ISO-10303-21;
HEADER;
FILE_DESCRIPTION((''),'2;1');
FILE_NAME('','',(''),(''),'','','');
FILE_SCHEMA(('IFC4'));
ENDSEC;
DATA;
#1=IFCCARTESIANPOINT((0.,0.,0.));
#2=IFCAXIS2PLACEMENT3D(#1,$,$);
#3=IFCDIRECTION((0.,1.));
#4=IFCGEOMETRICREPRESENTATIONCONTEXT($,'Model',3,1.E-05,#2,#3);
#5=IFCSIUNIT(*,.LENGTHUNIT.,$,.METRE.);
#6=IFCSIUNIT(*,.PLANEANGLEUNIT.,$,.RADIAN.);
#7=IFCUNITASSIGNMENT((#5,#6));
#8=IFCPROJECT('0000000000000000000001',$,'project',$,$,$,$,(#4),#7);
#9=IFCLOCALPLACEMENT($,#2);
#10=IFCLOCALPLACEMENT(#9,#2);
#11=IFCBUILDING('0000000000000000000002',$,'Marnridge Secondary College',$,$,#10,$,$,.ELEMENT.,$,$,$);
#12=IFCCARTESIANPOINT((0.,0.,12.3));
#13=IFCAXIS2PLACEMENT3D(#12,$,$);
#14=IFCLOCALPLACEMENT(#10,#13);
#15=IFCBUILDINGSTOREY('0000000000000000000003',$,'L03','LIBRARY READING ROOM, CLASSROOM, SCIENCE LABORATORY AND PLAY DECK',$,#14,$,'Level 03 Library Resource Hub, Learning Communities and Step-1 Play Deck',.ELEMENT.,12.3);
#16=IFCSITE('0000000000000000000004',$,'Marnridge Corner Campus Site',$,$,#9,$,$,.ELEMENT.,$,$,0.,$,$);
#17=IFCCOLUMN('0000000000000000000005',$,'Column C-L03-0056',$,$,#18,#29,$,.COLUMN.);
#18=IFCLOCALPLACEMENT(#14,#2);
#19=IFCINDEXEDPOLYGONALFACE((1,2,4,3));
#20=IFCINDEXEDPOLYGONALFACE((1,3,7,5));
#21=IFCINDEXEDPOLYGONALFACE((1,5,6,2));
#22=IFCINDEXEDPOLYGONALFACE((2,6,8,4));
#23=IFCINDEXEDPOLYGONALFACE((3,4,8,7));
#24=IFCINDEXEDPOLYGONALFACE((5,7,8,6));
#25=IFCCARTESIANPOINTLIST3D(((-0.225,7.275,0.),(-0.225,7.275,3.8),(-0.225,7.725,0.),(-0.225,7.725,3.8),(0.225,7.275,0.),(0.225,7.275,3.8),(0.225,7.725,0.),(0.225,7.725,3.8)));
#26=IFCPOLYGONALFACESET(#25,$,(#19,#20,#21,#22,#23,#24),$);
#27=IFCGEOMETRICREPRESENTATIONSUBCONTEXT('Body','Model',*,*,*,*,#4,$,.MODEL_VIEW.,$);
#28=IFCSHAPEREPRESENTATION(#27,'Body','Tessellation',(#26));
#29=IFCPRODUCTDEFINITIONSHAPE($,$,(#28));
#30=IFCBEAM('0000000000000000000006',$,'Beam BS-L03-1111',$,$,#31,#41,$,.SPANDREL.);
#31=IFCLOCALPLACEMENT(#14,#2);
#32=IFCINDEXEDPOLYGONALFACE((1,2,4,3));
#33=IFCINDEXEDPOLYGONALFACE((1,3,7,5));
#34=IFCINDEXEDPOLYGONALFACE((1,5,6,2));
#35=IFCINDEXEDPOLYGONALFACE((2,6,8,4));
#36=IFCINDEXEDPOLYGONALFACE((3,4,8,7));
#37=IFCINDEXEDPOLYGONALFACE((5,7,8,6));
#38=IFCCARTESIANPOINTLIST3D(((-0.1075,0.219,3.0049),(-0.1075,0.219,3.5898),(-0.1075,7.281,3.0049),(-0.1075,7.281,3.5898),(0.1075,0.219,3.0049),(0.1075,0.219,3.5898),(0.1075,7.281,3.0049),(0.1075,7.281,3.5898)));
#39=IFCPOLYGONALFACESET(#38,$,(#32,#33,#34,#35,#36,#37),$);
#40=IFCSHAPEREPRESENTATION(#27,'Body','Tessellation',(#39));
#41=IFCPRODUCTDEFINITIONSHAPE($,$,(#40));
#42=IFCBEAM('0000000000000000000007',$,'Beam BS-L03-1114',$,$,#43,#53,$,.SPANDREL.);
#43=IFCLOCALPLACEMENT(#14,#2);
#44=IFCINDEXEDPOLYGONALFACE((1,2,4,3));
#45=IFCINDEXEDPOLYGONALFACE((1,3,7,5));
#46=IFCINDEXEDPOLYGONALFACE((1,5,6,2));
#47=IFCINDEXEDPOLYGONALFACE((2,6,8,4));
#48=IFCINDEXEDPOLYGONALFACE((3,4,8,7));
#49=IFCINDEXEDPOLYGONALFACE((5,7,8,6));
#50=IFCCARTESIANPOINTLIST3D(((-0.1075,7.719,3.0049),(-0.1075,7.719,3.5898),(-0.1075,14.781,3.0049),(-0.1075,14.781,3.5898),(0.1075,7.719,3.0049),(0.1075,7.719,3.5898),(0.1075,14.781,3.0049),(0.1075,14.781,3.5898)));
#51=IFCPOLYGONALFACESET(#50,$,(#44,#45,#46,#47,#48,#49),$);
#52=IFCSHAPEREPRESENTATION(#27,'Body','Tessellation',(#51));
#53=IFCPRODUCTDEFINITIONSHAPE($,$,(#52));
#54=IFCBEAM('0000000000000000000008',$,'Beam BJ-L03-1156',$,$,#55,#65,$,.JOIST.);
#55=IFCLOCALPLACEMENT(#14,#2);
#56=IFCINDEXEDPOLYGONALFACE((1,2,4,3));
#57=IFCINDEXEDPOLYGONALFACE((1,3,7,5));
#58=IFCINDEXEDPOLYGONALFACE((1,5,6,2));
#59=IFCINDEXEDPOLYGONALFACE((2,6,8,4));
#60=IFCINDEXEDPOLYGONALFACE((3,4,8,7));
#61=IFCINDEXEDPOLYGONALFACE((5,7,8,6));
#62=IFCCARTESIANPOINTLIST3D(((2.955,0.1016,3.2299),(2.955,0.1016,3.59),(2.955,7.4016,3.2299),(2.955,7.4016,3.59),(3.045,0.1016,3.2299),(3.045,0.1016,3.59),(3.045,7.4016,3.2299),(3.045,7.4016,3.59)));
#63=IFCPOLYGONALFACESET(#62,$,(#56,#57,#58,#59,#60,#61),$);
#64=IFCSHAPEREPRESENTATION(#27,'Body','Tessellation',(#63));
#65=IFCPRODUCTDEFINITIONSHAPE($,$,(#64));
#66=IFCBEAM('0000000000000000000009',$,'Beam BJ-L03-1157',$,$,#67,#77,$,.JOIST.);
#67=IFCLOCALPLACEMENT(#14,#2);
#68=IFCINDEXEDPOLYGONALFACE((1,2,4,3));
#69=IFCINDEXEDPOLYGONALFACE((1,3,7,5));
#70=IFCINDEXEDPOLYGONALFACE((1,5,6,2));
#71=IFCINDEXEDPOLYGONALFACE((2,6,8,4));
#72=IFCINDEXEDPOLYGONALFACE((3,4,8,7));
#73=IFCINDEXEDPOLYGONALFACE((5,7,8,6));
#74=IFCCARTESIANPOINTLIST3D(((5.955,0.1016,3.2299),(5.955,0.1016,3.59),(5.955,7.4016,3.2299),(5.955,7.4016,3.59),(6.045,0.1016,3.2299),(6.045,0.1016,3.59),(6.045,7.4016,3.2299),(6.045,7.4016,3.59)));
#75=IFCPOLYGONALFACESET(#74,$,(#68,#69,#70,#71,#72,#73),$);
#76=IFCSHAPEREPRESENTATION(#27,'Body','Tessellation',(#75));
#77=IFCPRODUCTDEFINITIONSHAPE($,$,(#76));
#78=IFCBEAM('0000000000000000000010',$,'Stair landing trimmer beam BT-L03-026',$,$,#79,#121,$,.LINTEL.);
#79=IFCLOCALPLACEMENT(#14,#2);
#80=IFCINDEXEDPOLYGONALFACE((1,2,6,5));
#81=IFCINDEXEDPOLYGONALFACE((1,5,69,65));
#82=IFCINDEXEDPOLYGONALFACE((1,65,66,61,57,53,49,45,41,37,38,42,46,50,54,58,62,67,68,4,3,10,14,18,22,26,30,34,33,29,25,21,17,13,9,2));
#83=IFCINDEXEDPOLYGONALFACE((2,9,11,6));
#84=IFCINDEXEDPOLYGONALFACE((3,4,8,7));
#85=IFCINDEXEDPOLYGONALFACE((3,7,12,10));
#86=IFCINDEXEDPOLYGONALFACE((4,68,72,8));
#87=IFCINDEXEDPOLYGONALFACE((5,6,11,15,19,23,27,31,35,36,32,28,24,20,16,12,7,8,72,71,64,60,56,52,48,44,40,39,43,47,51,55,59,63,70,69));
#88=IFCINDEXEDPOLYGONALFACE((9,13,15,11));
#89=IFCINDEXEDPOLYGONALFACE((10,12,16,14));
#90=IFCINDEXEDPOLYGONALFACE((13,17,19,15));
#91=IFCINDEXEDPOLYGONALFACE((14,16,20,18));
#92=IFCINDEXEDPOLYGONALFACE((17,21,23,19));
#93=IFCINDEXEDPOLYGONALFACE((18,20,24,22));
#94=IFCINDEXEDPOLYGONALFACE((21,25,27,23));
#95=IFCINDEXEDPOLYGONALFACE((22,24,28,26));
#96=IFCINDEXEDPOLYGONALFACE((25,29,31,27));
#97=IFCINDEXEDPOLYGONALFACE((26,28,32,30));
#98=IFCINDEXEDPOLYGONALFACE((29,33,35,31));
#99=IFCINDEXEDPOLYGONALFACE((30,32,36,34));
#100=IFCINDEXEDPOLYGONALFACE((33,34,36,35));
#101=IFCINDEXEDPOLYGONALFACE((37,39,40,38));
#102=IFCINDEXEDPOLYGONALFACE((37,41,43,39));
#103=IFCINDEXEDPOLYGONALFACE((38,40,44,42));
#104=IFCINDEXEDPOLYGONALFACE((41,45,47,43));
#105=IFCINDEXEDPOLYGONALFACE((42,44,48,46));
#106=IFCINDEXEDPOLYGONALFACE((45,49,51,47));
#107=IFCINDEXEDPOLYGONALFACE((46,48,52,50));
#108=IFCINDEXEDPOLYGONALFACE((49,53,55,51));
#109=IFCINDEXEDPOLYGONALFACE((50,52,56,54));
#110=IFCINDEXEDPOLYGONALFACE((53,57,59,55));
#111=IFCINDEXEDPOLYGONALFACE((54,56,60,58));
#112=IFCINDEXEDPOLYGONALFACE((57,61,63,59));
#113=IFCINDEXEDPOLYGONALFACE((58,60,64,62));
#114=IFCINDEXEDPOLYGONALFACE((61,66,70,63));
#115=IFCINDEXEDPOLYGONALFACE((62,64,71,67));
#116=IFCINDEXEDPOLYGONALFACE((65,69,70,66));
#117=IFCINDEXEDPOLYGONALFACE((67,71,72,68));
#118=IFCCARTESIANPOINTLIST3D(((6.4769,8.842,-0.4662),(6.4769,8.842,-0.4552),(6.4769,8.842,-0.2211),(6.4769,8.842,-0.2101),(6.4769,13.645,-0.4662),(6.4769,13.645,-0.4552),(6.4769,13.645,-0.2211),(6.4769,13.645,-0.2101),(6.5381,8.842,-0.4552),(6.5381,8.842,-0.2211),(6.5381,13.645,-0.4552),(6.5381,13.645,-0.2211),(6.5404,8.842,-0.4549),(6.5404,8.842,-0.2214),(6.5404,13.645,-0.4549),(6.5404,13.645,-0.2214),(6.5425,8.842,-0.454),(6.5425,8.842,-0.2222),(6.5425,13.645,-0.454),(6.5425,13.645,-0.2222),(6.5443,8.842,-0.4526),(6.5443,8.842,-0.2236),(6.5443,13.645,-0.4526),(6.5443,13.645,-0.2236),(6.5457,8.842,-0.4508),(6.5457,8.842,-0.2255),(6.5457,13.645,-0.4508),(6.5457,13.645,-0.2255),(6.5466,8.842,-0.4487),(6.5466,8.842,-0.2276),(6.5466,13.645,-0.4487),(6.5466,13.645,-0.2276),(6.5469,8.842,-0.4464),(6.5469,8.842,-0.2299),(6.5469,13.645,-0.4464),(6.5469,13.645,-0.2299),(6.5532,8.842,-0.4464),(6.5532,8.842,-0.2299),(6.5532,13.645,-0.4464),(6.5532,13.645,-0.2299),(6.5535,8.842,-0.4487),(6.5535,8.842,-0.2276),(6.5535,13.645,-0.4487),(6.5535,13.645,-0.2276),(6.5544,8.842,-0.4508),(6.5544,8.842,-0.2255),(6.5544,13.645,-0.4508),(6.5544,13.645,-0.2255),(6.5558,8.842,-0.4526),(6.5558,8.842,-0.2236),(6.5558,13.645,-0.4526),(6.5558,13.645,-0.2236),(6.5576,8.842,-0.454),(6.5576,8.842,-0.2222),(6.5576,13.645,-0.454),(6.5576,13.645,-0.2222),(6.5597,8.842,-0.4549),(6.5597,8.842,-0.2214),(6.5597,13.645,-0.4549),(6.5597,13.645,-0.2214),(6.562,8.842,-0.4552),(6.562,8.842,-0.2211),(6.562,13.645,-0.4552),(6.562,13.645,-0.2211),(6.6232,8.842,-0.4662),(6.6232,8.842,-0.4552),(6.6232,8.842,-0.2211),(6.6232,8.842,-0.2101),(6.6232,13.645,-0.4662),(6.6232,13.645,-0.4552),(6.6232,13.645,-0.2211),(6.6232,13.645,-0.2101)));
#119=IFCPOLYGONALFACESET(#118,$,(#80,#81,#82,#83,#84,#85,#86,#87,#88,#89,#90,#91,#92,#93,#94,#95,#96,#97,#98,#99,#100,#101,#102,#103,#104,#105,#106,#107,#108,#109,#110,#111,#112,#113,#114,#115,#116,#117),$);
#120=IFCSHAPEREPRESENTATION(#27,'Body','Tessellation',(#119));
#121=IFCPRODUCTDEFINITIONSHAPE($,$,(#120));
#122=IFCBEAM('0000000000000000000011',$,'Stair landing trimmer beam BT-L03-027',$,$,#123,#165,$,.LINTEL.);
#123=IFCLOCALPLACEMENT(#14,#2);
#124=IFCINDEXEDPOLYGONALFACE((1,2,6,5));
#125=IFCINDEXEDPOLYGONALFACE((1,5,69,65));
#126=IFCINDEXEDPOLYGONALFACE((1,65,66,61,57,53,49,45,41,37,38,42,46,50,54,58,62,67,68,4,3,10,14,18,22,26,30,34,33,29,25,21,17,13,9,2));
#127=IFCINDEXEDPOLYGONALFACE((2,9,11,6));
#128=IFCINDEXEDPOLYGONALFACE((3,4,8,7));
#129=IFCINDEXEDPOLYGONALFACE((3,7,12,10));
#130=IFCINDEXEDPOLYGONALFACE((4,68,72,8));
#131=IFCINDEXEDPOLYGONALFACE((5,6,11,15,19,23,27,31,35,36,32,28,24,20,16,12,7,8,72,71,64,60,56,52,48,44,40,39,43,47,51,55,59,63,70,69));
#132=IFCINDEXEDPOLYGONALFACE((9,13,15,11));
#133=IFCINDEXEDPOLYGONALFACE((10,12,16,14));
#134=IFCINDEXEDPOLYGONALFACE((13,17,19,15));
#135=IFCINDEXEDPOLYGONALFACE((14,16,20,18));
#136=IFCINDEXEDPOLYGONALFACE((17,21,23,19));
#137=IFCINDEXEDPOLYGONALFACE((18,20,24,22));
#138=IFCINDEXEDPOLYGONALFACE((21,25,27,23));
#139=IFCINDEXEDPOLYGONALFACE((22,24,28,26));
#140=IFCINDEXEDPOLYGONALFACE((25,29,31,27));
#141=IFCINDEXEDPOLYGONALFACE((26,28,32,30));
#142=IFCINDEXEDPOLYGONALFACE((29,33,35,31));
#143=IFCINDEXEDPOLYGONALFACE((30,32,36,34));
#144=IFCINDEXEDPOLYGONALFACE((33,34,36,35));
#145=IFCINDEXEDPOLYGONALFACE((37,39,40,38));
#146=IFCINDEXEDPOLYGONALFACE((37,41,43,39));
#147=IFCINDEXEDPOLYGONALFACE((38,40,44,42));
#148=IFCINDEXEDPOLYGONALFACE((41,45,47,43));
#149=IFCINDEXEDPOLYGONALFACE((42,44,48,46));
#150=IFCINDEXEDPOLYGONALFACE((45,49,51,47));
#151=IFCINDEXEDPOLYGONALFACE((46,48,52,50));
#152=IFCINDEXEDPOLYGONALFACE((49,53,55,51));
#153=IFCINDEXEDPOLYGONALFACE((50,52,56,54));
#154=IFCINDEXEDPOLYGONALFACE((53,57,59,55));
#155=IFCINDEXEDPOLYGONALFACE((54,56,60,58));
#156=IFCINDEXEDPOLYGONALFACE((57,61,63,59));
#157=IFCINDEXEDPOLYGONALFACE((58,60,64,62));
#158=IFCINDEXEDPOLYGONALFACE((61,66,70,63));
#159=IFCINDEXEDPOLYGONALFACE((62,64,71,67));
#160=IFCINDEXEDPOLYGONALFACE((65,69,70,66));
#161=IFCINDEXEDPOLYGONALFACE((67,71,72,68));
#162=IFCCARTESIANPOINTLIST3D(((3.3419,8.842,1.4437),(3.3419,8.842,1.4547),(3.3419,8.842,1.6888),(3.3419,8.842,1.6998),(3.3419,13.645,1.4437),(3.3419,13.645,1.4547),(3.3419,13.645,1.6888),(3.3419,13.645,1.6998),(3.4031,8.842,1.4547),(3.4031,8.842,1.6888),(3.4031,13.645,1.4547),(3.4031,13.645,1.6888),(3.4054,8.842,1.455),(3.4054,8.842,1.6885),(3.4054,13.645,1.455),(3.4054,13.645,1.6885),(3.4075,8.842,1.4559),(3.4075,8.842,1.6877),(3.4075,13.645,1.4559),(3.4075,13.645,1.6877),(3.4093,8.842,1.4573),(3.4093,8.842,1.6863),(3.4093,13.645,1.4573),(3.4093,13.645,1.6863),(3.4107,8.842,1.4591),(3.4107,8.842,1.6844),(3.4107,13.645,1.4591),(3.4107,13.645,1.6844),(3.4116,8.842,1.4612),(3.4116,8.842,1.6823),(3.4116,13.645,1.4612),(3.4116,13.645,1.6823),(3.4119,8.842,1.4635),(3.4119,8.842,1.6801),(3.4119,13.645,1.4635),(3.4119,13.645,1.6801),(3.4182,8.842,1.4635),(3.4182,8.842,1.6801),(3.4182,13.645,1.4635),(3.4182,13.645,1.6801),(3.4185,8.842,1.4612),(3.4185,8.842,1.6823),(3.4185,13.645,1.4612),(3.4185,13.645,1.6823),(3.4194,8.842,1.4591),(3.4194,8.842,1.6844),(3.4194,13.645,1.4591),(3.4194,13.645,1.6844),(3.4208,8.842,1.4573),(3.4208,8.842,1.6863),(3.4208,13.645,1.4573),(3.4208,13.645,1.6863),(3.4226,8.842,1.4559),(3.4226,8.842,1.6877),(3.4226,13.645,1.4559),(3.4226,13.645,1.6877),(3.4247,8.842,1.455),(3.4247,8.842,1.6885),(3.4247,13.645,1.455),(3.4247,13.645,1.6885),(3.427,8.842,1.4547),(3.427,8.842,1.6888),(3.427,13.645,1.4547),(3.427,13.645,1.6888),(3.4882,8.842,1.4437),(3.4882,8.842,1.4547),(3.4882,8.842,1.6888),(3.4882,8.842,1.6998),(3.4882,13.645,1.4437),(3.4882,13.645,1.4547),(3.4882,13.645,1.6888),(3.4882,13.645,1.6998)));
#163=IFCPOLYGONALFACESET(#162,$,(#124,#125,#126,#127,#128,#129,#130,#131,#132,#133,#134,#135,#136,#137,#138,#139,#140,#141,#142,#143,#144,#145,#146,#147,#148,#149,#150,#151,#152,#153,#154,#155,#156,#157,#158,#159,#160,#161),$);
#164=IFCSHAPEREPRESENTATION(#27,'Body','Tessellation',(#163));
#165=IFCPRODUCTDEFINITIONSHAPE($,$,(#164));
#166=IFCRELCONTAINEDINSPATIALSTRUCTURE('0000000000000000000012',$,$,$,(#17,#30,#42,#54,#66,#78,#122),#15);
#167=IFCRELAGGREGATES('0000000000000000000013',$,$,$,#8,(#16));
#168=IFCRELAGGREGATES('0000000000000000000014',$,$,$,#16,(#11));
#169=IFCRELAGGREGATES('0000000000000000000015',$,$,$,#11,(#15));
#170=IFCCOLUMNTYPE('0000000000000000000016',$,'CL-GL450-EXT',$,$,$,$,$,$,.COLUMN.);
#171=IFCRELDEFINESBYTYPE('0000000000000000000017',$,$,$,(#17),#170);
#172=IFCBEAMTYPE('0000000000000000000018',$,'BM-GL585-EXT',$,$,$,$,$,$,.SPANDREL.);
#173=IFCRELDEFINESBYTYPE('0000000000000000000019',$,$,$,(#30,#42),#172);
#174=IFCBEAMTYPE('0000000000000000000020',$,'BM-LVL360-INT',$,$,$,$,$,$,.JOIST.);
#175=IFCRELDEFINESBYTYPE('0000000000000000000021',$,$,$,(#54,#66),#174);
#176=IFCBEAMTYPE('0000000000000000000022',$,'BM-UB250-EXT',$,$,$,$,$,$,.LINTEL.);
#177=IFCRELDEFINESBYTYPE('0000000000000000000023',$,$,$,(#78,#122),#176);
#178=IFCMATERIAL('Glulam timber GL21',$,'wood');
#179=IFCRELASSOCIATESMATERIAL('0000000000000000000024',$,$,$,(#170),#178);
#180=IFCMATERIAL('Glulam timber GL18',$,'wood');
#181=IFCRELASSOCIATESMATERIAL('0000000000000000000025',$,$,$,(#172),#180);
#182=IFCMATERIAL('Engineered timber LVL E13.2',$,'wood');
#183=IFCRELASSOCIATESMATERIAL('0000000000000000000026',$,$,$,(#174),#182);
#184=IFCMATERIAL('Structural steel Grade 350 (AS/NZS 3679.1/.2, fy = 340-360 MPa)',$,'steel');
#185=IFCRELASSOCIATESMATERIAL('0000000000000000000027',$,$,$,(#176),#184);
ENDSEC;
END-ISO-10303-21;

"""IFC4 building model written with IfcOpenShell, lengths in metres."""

from ifc_helpers import new_model, si_unit, direction, frame, origin, origin_2d, place, context, subcontext, project, spatial, rectangle, i_section, extrude, material, material_profile, profile_set, type_object, element, save


model = new_model("IFC4")

# Units and contexts
model_context = context("Model", 3, precision=1e-05, world=origin(), true_north=direction((0.0, 1.0)))
body_context = subcontext(model_context, "Body", "Model", "MODEL_VIEW")
ifc_project = project(units=[si_unit("LENGTHUNIT", "METRE"), si_unit("PLANEANGLEUNIT", "RADIAN")], contexts=[model_context])

# Site, building, storey
site_placement = place(None, origin())
site = spatial("IfcSite", under=ifc_project, at=site_placement, Name="Marnridge Corner Campus Site", CompositionType="ELEMENT", RefElevation=0.0)
building_placement = place(site_placement, origin())
building = spatial("IfcBuilding", under=site, at=building_placement, Name="Marnridge Secondary College", CompositionType="ELEMENT")
storey_placement = place(building_placement, frame((0.0, 0.0, 12.3)))
storey = spatial("IfcBuildingStorey", under=building, at=storey_placement, Name="L03", Description="LIBRARY READING ROOM, CLASSROOM, SCIENCE LABORATORY AND PLAY DECK", LongName="Level 03 Library Resource Hub, Learning Communities and Step-1 Play Deck", CompositionType="ELEMENT", Elevation=12.3)

# Column
ifc_material_1 = material(Name="Glulam timber GL21", Category="wood")
ifc_material_profile_1 = material_profile(ifc_material_1, rectangle(XDim=0.45, YDim=0.45, at=origin_2d()), Name="GL21 450x450")
ifc_profile_set_1 = profile_set([ifc_material_profile_1], Name="Glulam timber GL21")
column_type = type_object("IfcColumnType", Name="CL-GL450-EXT", PredefinedType="COLUMN", material=ifc_profile_set_1)
column_placement = place(storey_placement, frame((0.0, 7.5, 0.0), z_axis=(0.0, 0.0, 1.0), x_axis=(1.0, 0.0, 0.0)))
element("IfcColumn", 1, at=column_placement, inside=storey, type_object=column_type, Name="Column C-L03-0056", PredefinedType="COLUMN", context=body_context, shape_type="SweptSolid", body=[
    extrude(rectangle(XDim=0.45, YDim=0.45, at=origin_2d()), origin(), (0.0, 0.0, 1.0), 3.8),
])

# Beams
ifc_material_2 = material(Name="Glulam timber GL18", Category="wood")
ifc_material_profile_2 = material_profile(ifc_material_2, rectangle(XDim=0.2151, YDim=0.585, at=origin_2d()), Name="GL18 215x585")
ifc_profile_set_2 = profile_set([ifc_material_profile_2], Name="Glulam timber GL18")
beam_type_1 = type_object("IfcBeamType", Name="BM-GL585-EXT", PredefinedType="SPANDREL", material=ifc_profile_set_2)
for number, where, z_axis, x_axis, name in (
    (2, (0.0, 0.219, 3.2974), (0.0, 1.0, 0.0), (-1.0, 0.0, 0.0), "Beam BS-L03-1111"),
    (3, (0.0, 7.719, 3.2974), (0.0, 1.0, 0.0), (-1.0, 0.0, 0.0), "Beam BS-L03-1114"),
):
    element("IfcBeam", number, at=place(storey_placement, frame(where, z_axis=z_axis, x_axis=x_axis)), inside=storey, type_object=beam_type_1, Name=name, PredefinedType="SPANDREL", context=body_context, shape_type="SweptSolid", body=[
        extrude(rectangle(XDim=0.2151, YDim=0.585, at=origin_2d()), origin(), (0.0, 0.0, 1.0), 7.062),
    ])
ifc_material_3 = material(Name="Engineered timber LVL E13.2", Category="wood")
ifc_material_profile_3 = material_profile(ifc_material_3, rectangle(XDim=0.0901, YDim=0.3601, at=origin_2d()), Name="LVL 90x360")
ifc_profile_set_3 = profile_set([ifc_material_profile_3], Name="Engineered timber LVL E13.2")
beam_type_2 = type_object("IfcBeamType", Name="BM-LVL360-INT", PredefinedType="JOIST", material=ifc_profile_set_3)
for number, where, z_axis, x_axis, name in (
    (4, (3.0, 0.1016, 3.4099), (0.0, 1.0, 0.0), (-1.0, 0.0, 0.0), "Beam BJ-L03-1156"),
    (5, (6.0, 0.1016, 3.4099), (0.0, 1.0, 0.0), (-1.0, 0.0, 0.0), "Beam BJ-L03-1157"),
):
    element("IfcBeam", number, at=place(storey_placement, frame(where, z_axis=z_axis, x_axis=x_axis)), inside=storey, type_object=beam_type_2, Name=name, PredefinedType="JOIST", context=body_context, shape_type="SweptSolid", body=[
        extrude(rectangle(XDim=0.0901, YDim=0.3601, at=origin_2d()), origin(), (0.0, 0.0, 1.0), 7.3),
    ])
ifc_material_4 = material(Name="Structural steel Grade 350 (AS/NZS 3679.1/.2, fy = 340-360 MPa)", Category="steel")
ifc_material_profile_4 = material_profile(ifc_material_4, i_section(OverallWidth=0.1462, OverallDepth=0.2561, WebThickness=0.0063, FlangeThickness=0.011, FilletRadius=0.0088, at=origin_2d()), Name="250UB37.3")
ifc_profile_set_4 = profile_set([ifc_material_profile_4], Name="Structural steel Grade 350 (AS/NZS 3679.1/.2, fy = 340-360 MPa)")
beam_type_3 = type_object("IfcBeamType", Name="BM-UB250-EXT", PredefinedType="LINTEL", material=ifc_profile_set_4)
for number, where, z_axis, x_axis, name in (
    (6, (6.55, 8.842, -0.3381), (0.0, 1.0, 0.0), (-1.0, 0.0, 0.0), "Stair landing trimmer beam BT-L03-026"),
    (7, (3.415, 8.842, 1.5718), (0.0, 1.0, 0.0), (-1.0, 0.0, 0.0), "Stair landing trimmer beam BT-L03-027"),
):
    element("IfcBeam", number, at=place(storey_placement, frame(where, z_axis=z_axis, x_axis=x_axis)), inside=storey, type_object=beam_type_3, Name=name, PredefinedType="LINTEL", context=body_context, shape_type="SweptSolid", body=[
        extrude(i_section(OverallWidth=0.1462, OverallDepth=0.2561, WebThickness=0.0063, FlangeThickness=0.011, FilletRadius=0.0088, at=origin_2d()), origin(), (0.0, 0.0, 1.0), 4.803),
    ])

save(model, "model.ifc")
